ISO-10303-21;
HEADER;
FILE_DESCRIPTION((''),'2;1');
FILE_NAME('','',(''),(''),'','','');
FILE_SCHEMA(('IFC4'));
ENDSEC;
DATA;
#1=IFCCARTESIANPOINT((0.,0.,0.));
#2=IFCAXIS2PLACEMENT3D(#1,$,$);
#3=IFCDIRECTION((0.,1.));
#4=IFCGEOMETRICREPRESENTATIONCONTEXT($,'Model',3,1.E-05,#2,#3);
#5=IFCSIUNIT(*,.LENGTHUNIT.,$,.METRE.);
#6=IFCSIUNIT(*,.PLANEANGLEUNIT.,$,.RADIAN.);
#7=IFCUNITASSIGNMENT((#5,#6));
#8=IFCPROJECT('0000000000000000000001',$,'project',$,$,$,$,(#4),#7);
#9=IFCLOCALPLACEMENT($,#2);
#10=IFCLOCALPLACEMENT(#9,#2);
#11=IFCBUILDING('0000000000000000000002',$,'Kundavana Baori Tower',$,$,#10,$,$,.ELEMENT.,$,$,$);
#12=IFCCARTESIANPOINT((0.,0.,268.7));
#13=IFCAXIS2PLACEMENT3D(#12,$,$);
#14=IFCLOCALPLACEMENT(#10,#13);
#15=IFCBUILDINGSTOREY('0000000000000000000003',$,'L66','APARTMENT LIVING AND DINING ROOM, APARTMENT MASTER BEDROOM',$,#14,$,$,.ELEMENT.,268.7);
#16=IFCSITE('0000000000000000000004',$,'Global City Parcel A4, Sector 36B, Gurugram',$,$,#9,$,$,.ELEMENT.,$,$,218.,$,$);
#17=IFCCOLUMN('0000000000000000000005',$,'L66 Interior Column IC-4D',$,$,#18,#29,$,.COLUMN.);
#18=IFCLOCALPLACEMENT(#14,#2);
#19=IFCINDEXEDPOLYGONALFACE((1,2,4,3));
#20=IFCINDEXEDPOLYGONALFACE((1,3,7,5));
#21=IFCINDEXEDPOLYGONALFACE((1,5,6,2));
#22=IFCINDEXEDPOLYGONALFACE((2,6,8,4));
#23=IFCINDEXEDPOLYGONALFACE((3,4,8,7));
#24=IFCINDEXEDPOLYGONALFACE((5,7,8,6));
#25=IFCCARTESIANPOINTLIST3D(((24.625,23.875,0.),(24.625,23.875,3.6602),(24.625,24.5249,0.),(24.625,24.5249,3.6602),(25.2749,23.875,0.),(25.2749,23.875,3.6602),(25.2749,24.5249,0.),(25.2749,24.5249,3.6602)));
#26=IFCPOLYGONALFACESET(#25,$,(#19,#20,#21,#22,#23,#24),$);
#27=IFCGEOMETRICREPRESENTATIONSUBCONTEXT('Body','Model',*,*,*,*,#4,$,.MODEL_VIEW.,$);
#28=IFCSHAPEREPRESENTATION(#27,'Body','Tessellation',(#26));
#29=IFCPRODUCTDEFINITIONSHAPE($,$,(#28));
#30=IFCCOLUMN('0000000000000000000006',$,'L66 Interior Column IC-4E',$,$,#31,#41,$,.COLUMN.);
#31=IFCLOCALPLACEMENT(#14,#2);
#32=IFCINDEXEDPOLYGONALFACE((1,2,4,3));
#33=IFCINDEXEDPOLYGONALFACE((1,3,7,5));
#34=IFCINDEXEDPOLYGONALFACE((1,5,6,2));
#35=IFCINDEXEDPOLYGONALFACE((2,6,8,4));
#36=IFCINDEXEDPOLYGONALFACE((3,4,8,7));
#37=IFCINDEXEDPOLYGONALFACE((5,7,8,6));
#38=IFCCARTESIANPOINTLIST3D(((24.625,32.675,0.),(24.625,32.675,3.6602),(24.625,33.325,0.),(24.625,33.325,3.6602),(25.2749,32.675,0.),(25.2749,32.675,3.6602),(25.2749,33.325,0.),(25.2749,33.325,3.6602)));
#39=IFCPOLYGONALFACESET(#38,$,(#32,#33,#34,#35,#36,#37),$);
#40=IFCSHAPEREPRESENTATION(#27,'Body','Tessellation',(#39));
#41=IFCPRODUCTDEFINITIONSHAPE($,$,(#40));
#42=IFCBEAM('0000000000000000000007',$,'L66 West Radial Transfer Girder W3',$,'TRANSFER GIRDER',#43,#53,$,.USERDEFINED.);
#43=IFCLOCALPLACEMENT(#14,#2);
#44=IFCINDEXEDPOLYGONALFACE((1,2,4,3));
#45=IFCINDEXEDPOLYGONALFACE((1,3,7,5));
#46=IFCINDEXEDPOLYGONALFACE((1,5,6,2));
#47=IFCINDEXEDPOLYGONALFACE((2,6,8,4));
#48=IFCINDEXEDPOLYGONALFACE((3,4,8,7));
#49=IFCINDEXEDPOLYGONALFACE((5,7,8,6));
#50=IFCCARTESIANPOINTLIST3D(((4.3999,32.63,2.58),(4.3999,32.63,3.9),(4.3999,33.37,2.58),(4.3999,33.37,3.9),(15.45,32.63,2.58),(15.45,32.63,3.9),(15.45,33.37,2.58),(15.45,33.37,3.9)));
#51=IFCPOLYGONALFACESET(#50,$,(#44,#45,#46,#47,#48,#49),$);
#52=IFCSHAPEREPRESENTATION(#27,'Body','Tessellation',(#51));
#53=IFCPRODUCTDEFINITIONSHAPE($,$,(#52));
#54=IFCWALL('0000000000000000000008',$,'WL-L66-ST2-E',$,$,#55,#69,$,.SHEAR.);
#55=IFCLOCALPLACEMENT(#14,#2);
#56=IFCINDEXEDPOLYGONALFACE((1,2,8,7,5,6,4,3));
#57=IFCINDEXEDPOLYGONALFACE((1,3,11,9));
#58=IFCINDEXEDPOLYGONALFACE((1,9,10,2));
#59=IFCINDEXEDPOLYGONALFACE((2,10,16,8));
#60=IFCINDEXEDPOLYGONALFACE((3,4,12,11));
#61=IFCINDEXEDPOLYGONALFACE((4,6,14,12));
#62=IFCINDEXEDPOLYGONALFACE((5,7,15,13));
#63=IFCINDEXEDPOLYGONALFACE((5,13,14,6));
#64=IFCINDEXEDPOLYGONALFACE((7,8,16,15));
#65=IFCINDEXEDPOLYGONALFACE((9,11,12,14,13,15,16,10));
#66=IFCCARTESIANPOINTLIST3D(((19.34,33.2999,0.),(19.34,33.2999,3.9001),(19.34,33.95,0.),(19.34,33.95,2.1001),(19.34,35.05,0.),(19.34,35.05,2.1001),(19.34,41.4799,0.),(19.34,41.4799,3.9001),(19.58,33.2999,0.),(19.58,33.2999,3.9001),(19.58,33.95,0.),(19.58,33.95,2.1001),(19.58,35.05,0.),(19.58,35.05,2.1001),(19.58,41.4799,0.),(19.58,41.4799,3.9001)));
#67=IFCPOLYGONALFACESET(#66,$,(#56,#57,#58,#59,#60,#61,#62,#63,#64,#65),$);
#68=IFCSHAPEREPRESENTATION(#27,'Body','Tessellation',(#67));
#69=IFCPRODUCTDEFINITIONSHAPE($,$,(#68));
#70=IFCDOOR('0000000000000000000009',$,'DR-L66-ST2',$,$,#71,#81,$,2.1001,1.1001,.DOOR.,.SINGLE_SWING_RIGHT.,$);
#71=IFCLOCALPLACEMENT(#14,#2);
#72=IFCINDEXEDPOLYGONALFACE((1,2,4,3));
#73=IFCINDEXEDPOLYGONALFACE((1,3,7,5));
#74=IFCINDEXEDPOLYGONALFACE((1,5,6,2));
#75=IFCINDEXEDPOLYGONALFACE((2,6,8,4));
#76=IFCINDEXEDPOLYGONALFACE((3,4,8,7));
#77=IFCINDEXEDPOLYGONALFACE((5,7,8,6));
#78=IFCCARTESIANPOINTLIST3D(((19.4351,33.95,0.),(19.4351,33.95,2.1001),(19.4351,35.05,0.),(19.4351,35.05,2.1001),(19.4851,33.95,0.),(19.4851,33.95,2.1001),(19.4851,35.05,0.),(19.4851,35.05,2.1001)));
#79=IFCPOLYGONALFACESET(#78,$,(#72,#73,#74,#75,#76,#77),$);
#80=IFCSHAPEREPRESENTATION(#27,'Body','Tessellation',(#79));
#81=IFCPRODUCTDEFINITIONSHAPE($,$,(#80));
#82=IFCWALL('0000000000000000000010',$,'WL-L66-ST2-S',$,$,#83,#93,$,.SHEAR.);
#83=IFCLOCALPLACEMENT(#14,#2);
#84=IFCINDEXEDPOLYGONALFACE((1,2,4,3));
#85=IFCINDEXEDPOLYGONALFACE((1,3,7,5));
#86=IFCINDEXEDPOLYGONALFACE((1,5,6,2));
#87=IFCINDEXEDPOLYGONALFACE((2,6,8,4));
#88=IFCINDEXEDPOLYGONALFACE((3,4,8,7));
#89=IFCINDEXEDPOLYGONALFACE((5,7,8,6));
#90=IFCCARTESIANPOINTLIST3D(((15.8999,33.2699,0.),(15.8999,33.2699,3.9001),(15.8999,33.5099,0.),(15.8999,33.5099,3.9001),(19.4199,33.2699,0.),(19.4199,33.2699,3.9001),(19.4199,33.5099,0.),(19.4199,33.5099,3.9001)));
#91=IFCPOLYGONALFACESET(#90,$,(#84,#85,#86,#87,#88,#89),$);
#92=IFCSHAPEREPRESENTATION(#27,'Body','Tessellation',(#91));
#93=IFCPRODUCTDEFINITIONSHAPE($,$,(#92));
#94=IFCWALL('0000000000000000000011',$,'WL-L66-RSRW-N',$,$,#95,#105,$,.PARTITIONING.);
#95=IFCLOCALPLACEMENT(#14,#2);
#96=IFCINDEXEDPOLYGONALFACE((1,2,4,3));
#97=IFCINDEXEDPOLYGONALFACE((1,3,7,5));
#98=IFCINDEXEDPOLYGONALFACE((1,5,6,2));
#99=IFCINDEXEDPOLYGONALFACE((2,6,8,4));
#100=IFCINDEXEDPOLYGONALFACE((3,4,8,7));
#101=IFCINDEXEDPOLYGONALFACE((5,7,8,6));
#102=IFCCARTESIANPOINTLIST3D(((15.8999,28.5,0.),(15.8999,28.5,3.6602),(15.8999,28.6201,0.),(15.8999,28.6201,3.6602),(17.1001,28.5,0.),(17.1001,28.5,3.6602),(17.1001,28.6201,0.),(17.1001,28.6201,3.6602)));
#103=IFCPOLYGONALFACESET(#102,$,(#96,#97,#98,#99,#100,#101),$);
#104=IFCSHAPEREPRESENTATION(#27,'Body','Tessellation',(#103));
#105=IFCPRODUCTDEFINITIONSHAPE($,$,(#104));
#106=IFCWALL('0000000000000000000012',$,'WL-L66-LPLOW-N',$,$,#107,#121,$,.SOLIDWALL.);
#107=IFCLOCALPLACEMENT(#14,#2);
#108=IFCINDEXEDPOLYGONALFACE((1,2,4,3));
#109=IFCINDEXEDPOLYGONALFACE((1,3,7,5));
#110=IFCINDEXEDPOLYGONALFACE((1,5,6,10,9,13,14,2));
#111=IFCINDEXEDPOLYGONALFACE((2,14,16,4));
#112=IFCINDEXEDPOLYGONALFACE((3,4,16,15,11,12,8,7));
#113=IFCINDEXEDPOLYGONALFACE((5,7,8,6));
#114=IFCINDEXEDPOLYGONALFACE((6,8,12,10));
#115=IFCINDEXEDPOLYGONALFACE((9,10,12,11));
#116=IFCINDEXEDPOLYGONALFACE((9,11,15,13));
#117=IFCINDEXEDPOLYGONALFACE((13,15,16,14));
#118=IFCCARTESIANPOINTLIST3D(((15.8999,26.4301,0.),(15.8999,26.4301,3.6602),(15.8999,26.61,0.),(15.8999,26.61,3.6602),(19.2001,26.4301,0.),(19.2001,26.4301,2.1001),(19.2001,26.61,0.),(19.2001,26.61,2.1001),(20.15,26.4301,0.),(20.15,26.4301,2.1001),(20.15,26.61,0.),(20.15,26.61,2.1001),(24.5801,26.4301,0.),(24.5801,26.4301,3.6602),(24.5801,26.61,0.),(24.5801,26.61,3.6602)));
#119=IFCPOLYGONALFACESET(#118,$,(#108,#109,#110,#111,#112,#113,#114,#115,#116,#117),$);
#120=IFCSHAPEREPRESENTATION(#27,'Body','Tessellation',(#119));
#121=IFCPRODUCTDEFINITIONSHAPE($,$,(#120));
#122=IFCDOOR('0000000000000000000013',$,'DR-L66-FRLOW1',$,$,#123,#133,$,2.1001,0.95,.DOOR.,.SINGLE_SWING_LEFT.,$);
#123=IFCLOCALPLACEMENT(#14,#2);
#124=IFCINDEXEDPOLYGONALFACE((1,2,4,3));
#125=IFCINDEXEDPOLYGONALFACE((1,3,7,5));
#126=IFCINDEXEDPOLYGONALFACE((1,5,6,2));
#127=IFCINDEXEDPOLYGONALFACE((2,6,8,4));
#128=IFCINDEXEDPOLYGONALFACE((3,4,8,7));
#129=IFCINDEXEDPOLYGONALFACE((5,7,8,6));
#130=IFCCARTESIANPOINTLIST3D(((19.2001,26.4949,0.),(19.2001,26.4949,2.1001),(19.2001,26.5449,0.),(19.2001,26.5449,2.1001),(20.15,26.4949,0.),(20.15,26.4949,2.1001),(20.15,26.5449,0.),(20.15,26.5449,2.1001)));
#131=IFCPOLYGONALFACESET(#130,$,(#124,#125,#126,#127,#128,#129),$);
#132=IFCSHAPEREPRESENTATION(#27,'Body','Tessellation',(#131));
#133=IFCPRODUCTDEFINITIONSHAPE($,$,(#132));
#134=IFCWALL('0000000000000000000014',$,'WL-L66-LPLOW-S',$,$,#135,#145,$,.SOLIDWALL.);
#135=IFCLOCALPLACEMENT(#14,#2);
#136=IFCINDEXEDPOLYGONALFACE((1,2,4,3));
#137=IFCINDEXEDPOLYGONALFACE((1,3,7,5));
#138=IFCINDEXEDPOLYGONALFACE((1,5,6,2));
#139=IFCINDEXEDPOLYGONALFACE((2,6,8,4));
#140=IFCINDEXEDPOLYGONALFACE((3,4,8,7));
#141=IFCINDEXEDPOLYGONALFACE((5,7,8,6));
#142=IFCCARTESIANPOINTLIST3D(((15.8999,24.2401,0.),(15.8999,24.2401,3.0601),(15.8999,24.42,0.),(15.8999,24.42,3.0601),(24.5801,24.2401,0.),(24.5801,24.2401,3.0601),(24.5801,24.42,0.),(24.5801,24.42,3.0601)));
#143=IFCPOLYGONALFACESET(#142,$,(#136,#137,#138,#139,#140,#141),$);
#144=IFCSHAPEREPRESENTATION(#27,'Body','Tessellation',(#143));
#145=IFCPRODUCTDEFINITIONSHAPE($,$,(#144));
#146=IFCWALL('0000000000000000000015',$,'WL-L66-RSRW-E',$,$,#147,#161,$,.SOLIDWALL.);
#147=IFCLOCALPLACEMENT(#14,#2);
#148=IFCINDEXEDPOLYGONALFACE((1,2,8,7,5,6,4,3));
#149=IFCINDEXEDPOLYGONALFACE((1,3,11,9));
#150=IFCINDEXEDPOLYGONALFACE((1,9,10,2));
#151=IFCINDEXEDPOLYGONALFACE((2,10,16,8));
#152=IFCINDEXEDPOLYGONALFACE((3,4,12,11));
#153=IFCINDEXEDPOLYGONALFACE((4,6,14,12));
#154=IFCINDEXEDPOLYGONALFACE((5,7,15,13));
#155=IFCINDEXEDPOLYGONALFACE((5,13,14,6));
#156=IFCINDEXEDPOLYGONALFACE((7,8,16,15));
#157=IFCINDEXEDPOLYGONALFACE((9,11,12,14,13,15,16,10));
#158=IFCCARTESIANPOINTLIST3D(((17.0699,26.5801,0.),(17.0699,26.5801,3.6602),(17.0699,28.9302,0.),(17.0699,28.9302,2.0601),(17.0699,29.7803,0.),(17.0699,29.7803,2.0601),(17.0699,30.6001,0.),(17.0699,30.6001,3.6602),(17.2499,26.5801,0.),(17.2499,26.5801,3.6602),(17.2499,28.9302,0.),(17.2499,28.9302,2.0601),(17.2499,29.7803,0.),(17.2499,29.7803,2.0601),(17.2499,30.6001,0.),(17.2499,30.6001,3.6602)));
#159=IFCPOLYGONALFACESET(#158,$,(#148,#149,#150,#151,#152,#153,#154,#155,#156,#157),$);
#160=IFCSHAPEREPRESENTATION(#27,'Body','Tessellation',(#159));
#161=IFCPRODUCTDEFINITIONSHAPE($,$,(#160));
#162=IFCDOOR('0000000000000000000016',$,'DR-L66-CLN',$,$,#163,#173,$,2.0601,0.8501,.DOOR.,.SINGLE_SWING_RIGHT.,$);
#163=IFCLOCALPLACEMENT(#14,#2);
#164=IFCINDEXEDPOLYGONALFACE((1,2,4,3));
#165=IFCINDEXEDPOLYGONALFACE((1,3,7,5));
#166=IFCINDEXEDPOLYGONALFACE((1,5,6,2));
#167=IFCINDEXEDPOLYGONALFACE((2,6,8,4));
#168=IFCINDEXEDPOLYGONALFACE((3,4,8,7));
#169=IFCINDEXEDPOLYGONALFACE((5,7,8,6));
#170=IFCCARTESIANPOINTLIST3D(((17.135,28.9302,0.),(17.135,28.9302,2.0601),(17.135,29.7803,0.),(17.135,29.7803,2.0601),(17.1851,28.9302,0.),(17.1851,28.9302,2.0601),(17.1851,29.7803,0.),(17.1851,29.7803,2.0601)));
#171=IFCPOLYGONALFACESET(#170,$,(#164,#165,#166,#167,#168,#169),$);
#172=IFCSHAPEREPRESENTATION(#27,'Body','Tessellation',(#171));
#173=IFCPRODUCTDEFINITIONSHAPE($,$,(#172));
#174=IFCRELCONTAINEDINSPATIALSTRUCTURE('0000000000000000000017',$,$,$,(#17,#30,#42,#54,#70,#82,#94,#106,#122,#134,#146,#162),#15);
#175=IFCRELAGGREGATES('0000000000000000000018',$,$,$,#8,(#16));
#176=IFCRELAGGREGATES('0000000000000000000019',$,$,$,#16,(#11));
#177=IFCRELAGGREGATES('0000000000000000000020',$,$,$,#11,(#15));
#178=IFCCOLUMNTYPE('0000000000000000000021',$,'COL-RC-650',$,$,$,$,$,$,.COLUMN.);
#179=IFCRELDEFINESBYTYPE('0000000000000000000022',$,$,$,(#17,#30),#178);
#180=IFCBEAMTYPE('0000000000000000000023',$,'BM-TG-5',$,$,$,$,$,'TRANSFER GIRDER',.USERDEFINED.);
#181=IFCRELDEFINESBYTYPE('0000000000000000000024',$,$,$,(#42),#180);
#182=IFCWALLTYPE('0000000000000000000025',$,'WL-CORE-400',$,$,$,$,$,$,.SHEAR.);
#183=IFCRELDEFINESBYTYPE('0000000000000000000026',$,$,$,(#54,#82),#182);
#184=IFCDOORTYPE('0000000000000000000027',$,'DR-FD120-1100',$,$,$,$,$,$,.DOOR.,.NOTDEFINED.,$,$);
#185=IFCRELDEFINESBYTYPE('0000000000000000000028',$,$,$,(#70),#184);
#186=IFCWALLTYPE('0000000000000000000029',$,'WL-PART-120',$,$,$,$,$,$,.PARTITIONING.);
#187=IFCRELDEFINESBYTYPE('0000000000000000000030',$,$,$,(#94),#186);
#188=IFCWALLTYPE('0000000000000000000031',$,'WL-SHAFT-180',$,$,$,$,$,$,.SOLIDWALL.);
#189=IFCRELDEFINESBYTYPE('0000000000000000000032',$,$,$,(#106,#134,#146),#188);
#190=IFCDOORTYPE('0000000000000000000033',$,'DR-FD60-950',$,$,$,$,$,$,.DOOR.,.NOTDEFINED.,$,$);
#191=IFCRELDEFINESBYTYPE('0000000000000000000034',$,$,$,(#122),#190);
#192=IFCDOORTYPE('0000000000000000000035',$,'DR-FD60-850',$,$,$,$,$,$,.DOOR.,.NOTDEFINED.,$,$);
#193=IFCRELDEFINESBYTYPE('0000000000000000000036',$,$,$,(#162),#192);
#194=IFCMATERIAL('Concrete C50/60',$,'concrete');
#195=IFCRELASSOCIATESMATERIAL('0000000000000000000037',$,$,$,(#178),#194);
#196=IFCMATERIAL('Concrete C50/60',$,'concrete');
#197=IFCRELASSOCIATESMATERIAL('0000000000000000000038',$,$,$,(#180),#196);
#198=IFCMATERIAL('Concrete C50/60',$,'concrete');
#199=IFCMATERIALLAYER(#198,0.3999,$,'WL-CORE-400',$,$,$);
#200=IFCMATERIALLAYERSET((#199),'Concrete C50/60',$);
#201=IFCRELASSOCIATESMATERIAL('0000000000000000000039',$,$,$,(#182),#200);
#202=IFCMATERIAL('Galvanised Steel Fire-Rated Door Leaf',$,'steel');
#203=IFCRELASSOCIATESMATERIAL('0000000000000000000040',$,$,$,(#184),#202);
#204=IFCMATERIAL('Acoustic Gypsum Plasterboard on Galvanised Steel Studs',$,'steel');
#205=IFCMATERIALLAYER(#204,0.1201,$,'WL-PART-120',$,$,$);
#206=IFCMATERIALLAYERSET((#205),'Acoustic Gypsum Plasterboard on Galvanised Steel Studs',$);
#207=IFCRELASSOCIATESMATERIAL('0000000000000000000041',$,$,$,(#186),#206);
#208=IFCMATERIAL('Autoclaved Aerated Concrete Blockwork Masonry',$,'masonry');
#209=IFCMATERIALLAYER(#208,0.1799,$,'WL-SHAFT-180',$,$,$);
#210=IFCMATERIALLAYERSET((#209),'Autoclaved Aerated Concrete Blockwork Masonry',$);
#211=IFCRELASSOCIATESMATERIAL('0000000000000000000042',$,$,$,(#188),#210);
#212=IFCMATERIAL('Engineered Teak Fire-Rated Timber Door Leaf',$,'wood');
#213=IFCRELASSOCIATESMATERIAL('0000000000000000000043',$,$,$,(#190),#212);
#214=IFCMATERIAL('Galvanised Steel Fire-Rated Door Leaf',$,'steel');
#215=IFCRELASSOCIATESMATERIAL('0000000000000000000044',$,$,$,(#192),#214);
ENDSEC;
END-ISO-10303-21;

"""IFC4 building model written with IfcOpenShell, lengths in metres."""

from ifc_helpers import new_model, si_unit, direction, frame, frame_2d, origin, origin_2d, place, context, subcontext, project, spatial, rectangle, extrude, material, layer, layer_set, material_profile, profile_set, type_object, element, fill, save


model = new_model("IFC4")

# Units and contexts
model_context = context("Model", 3, precision=1e-05, world=origin(), true_north=direction((0.0, 1.0)))
body_context = subcontext(model_context, "Body", "Model", "MODEL_VIEW")
ifc_project = project(units=[si_unit("LENGTHUNIT", "METRE"), si_unit("PLANEANGLEUNIT", "RADIAN")], contexts=[model_context])

# Site, building, storey
site_placement = place(None, origin())
site = spatial("IfcSite", under=ifc_project, at=site_placement, Name="Global City Parcel A4, Sector 36B, Gurugram", CompositionType="ELEMENT", RefElevation=218.0)
building_placement = place(site_placement, origin())
building = spatial("IfcBuilding", under=site, at=building_placement, Name="Kundavana Baori Tower", CompositionType="ELEMENT")
storey_placement = place(building_placement, frame((0.0, 0.0, 268.7)))
storey = spatial("IfcBuildingStorey", under=building, at=storey_placement, Name="L66", Description="APARTMENT LIVING AND DINING ROOM, APARTMENT MASTER BEDROOM", CompositionType="ELEMENT", Elevation=268.7)

# Columns
ifc_material_1 = material(Name="Concrete C50/60", Category="concrete")
ifc_material_profile_1 = material_profile(ifc_material_1, rectangle(XDim=0.6499, YDim=0.6499, at=origin_2d()), Name="RC 650x650")
ifc_profile_set_1 = profile_set([ifc_material_profile_1], Name="Concrete C50/60")
column_type = type_object("IfcColumnType", Name="COL-RC-650", PredefinedType="COLUMN", material=ifc_profile_set_1)
for number, where, z_axis, x_axis, name in (
    (1, (24.95, 24.2, 0.0), (0.0, 0.0, 1.0), (1.0, 0.0, 0.0), "L66 Interior Column IC-4D"),
    (2, (24.95, 33.0, 0.0), (0.0, 0.0, 1.0), (1.0, 0.0, 0.0), "L66 Interior Column IC-4E"),
):
    element("IfcColumn", number, at=place(storey_placement, frame(where, z_axis=z_axis, x_axis=x_axis)), inside=storey, type_object=column_type, Name=name, PredefinedType="COLUMN", context=body_context, shape_type="SweptSolid", body=[
        extrude(rectangle(XDim=0.6499, YDim=0.6499, at=origin_2d()), origin(), (0.0, 0.0, 1.0), 3.6602),
    ])

# Beam
ifc_material_2 = material(Name="Concrete C50/60", Category="concrete")
ifc_material_profile_2 = material_profile(ifc_material_2, rectangle(XDim=0.74, YDim=1.3201, at=origin_2d()), Name="BM-TG-5")
ifc_profile_set_2 = profile_set([ifc_material_profile_2], Name="Concrete C50/60")
beam_type = type_object("IfcBeamType", Name="BM-TG-5", ElementType="TRANSFER GIRDER", PredefinedType="USERDEFINED", material=ifc_profile_set_2)
beam_placement = place(storey_placement, frame((15.45, 33.0, 3.24), z_axis=(-1.0, 0.0, 0.0), x_axis=(0.0, -1.0, 0.0)))
element("IfcBeam", 3, at=beam_placement, inside=storey, type_object=beam_type, Name="L66 West Radial Transfer Girder W3", ObjectType="TRANSFER GIRDER", PredefinedType="USERDEFINED", context=body_context, shape_type="SweptSolid", body=[
    extrude(rectangle(XDim=0.74, YDim=1.3201, at=origin_2d()), origin(), (0.0, 0.0, 1.0), 11.05),
])

# Wall, opening, door
ifc_material_3 = material(Name="Concrete C50/60", Category="concrete")
ifc_layer_1 = layer(ifc_material_3, 0.3999, Name="WL-CORE-400")
ifc_layer_set_1 = layer_set([ifc_layer_1], Name="Concrete C50/60")
wall_type_1 = type_object("IfcWallType", Name="WL-CORE-400", PredefinedType="SHEAR", material=ifc_layer_set_1)
wall_1_placement = place(storey_placement, frame((19.46, 33.3, 0.0), z_axis=(0.0, 0.0, 1.0), x_axis=(0.0, 1.0, 0.0)))
wall_1 = element("IfcWall", 4, at=wall_1_placement, inside=storey, type_object=wall_type_1, Name="WL-L66-ST2-E", PredefinedType="SHEAR", context=body_context, shape_type="SweptSolid", body=[
    extrude(rectangle(XDim=8.1799, YDim=0.24, at=frame_2d((4.0898, 0.0))), origin(), (0.0, 0.0, 1.0), 3.9001),
])
opening_1_placement = place(wall_1_placement, frame((0.6499, 0.0, 0.0)))
opening_1 = element("IfcOpeningElement", 5, at=opening_1_placement, cuts=wall_1, PredefinedType="OPENING", context=body_context, shape_type="SweptSolid", body=[
    extrude(rectangle(XDim=1.1001, YDim=2.1001, at=frame_2d((0.55, 1.05))), frame((0.0, 0.1299, 0.0), z_axis=(0.0, -1.0, 0.0), x_axis=(1.0, 0.0, 0.0)), (0.0, 0.0, 1.0), 0.26),
])
ifc_material_4 = material(Name="Galvanised Steel Fire-Rated Door Leaf", Category="steel")
door_type_1 = type_object("IfcDoorType", Name="DR-FD120-1100", OperationType="NOTDEFINED", PredefinedType="DOOR", material=ifc_material_4)
door_1_placement = place(opening_1_placement, origin())
door_1 = element("IfcDoor", 6, at=door_1_placement, inside=storey, type_object=door_type_1, Name="DR-L66-ST2", OperationType="SINGLE_SWING_RIGHT", OverallHeight=2.1001, OverallWidth=1.1001, PredefinedType="DOOR", context=body_context, shape_type="SweptSolid", body=[
    extrude(rectangle(XDim=1.1001, YDim=2.1001, at=frame_2d((0.55, 1.05))), frame((0.0, 0.0249, 0.0), z_axis=(0.0, -1.0, 0.0), x_axis=(1.0, 0.0, 0.0)), (0.0, 0.0, 1.0), 0.05),
])
fill(opening_1, door_1)

# Walls
wall_2_placement = place(storey_placement, frame((15.8999, 33.3899, 0.0), z_axis=(0.0, 0.0, 1.0), x_axis=(1.0, 0.0, 0.0)))
element("IfcWall", 7, at=wall_2_placement, inside=storey, type_object=wall_type_1, Name="WL-L66-ST2-S", PredefinedType="SHEAR", context=body_context, shape_type="SweptSolid", body=[
    extrude(rectangle(XDim=3.52, YDim=0.24, at=frame_2d((1.76, 0.0))), origin(), (0.0, 0.0, 1.0), 3.9001),
])
ifc_material_5 = material(Name="Acoustic Gypsum Plasterboard on Galvanised Steel Studs", Category="steel")
ifc_layer_2 = layer(ifc_material_5, 0.1201, Name="WL-PART-120")
ifc_layer_set_2 = layer_set([ifc_layer_2], Name="Acoustic Gypsum Plasterboard on Galvanised Steel Studs")
wall_type_2 = type_object("IfcWallType", Name="WL-PART-120", PredefinedType="PARTITIONING", material=ifc_layer_set_2)
wall_3_placement = place(storey_placement, frame((15.8999, 28.5601, 0.0), z_axis=(0.0, 0.0, 1.0), x_axis=(1.0, 0.0, 0.0)))
element("IfcWall", 8, at=wall_3_placement, inside=storey, type_object=wall_type_2, Name="WL-L66-RSRW-N", PredefinedType="PARTITIONING", context=body_context, shape_type="SweptSolid", body=[
    extrude(rectangle(XDim=1.2002, YDim=0.1201, at=frame_2d((0.6001, 0.0))), origin(), (0.0, 0.0, 1.0), 3.6602),
])

# Wall, opening, door
ifc_material_6 = material(Name="Autoclaved Aerated Concrete Blockwork Masonry", Category="masonry")
ifc_layer_3 = layer(ifc_material_6, 0.1799, Name="WL-SHAFT-180")
ifc_layer_set_3 = layer_set([ifc_layer_3], Name="Autoclaved Aerated Concrete Blockwork Masonry")
wall_type_3 = type_object("IfcWallType", Name="WL-SHAFT-180", PredefinedType="SOLIDWALL", material=ifc_layer_set_3)
wall_4_placement = place(storey_placement, frame((15.8999, 26.52, 0.0), z_axis=(0.0, 0.0, 1.0), x_axis=(1.0, 0.0, 0.0)))
wall_4 = element("IfcWall", 9, at=wall_4_placement, inside=storey, type_object=wall_type_3, Name="WL-L66-LPLOW-N", PredefinedType="SOLIDWALL", context=body_context, shape_type="SweptSolid", body=[
    extrude(rectangle(XDim=8.6802, YDim=0.1799, at=frame_2d((4.3401, 0.0))), origin(), (0.0, 0.0, 1.0), 3.6602),
])
opening_2_placement = place(wall_4_placement, frame((3.3, 0.0, 0.0)))
opening_2 = element("IfcOpeningElement", 10, at=opening_2_placement, cuts=wall_4, PredefinedType="OPENING", context=body_context, shape_type="SweptSolid", body=[
    extrude(rectangle(XDim=0.95, YDim=2.1001, at=frame_2d((0.4751, 1.05))), frame((0.0, 0.1001, 0.0), z_axis=(0.0, -1.0, 0.0), x_axis=(1.0, 0.0, 0.0)), (0.0, 0.0, 1.0), 0.2),
])
ifc_material_7 = material(Name="Engineered Teak Fire-Rated Timber Door Leaf", Category="wood")
door_type_2 = type_object("IfcDoorType", Name="DR-FD60-950", OperationType="NOTDEFINED", PredefinedType="DOOR", material=ifc_material_7)
door_2_placement = place(opening_2_placement, origin())
door_2 = element("IfcDoor", 11, at=door_2_placement, inside=storey, type_object=door_type_2, Name="DR-L66-FRLOW1", OperationType="SINGLE_SWING_LEFT", OverallHeight=2.1001, OverallWidth=0.95, PredefinedType="DOOR", context=body_context, shape_type="SweptSolid", body=[
    extrude(rectangle(XDim=0.95, YDim=2.1001, at=frame_2d((0.4751, 1.05))), frame((0.0, 0.0249, 0.0), z_axis=(0.0, -1.0, 0.0), x_axis=(1.0, 0.0, 0.0)), (0.0, 0.0, 1.0), 0.05),
])
fill(opening_2, door_2)

# Wall
wall_5_placement = place(storey_placement, frame((15.8999, 24.3301, 0.0), z_axis=(0.0, 0.0, 1.0), x_axis=(1.0, 0.0, 0.0)))
element("IfcWall", 12, at=wall_5_placement, inside=storey, type_object=wall_type_3, Name="WL-L66-LPLOW-S", PredefinedType="SOLIDWALL", context=body_context, shape_type="SweptSolid", body=[
    extrude(rectangle(XDim=8.6802, YDim=0.1799, at=frame_2d((4.3401, 0.0))), origin(), (0.0, 0.0, 1.0), 3.0601),
])

# Wall, opening, door
wall_6_placement = place(storey_placement, frame((17.1599, 26.5801, 0.0), z_axis=(0.0, 0.0, 1.0), x_axis=(0.0, 1.0, 0.0)))
wall_6 = element("IfcWall", 13, at=wall_6_placement, inside=storey, type_object=wall_type_3, Name="WL-L66-RSRW-E", PredefinedType="SOLIDWALL", context=body_context, shape_type="SweptSolid", body=[
    extrude(rectangle(XDim=4.02, YDim=0.1799, at=frame_2d((2.01, 0.0))), origin(), (0.0, 0.0, 1.0), 3.6602),
])
opening_3_placement = place(wall_6_placement, frame((2.3501, 0.0, 0.0)))
opening_3 = element("IfcOpeningElement", 14, at=opening_3_placement, cuts=wall_6, PredefinedType="OPENING", context=body_context, shape_type="SweptSolid", body=[
    extrude(rectangle(XDim=0.8501, YDim=2.0601, at=frame_2d((0.425, 1.03))), frame((0.0, 0.1001, 0.0), z_axis=(0.0, -1.0, 0.0), x_axis=(1.0, 0.0, 0.0)), (0.0, 0.0, 1.0), 0.2),
])
ifc_material_8 = material(Name="Galvanised Steel Fire-Rated Door Leaf", Category="steel")
door_type_3 = type_object("IfcDoorType", Name="DR-FD60-850", OperationType="NOTDEFINED", PredefinedType="DOOR", material=ifc_material_8)
door_3_placement = place(opening_3_placement, origin())
door_3 = element("IfcDoor", 15, at=door_3_placement, inside=storey, type_object=door_type_3, Name="DR-L66-CLN", OperationType="SINGLE_SWING_RIGHT", OverallHeight=2.0601, OverallWidth=0.8501, PredefinedType="DOOR", context=body_context, shape_type="SweptSolid", body=[
    extrude(rectangle(XDim=0.8501, YDim=2.0601, at=frame_2d((0.425, 1.03))), frame((0.0, 0.0249, 0.0), z_axis=(0.0, -1.0, 0.0), x_axis=(1.0, 0.0, 0.0)), (0.0, 0.0, 1.0), 0.05),
])
fill(opening_3, door_3)

save(model, "model.ifc")
